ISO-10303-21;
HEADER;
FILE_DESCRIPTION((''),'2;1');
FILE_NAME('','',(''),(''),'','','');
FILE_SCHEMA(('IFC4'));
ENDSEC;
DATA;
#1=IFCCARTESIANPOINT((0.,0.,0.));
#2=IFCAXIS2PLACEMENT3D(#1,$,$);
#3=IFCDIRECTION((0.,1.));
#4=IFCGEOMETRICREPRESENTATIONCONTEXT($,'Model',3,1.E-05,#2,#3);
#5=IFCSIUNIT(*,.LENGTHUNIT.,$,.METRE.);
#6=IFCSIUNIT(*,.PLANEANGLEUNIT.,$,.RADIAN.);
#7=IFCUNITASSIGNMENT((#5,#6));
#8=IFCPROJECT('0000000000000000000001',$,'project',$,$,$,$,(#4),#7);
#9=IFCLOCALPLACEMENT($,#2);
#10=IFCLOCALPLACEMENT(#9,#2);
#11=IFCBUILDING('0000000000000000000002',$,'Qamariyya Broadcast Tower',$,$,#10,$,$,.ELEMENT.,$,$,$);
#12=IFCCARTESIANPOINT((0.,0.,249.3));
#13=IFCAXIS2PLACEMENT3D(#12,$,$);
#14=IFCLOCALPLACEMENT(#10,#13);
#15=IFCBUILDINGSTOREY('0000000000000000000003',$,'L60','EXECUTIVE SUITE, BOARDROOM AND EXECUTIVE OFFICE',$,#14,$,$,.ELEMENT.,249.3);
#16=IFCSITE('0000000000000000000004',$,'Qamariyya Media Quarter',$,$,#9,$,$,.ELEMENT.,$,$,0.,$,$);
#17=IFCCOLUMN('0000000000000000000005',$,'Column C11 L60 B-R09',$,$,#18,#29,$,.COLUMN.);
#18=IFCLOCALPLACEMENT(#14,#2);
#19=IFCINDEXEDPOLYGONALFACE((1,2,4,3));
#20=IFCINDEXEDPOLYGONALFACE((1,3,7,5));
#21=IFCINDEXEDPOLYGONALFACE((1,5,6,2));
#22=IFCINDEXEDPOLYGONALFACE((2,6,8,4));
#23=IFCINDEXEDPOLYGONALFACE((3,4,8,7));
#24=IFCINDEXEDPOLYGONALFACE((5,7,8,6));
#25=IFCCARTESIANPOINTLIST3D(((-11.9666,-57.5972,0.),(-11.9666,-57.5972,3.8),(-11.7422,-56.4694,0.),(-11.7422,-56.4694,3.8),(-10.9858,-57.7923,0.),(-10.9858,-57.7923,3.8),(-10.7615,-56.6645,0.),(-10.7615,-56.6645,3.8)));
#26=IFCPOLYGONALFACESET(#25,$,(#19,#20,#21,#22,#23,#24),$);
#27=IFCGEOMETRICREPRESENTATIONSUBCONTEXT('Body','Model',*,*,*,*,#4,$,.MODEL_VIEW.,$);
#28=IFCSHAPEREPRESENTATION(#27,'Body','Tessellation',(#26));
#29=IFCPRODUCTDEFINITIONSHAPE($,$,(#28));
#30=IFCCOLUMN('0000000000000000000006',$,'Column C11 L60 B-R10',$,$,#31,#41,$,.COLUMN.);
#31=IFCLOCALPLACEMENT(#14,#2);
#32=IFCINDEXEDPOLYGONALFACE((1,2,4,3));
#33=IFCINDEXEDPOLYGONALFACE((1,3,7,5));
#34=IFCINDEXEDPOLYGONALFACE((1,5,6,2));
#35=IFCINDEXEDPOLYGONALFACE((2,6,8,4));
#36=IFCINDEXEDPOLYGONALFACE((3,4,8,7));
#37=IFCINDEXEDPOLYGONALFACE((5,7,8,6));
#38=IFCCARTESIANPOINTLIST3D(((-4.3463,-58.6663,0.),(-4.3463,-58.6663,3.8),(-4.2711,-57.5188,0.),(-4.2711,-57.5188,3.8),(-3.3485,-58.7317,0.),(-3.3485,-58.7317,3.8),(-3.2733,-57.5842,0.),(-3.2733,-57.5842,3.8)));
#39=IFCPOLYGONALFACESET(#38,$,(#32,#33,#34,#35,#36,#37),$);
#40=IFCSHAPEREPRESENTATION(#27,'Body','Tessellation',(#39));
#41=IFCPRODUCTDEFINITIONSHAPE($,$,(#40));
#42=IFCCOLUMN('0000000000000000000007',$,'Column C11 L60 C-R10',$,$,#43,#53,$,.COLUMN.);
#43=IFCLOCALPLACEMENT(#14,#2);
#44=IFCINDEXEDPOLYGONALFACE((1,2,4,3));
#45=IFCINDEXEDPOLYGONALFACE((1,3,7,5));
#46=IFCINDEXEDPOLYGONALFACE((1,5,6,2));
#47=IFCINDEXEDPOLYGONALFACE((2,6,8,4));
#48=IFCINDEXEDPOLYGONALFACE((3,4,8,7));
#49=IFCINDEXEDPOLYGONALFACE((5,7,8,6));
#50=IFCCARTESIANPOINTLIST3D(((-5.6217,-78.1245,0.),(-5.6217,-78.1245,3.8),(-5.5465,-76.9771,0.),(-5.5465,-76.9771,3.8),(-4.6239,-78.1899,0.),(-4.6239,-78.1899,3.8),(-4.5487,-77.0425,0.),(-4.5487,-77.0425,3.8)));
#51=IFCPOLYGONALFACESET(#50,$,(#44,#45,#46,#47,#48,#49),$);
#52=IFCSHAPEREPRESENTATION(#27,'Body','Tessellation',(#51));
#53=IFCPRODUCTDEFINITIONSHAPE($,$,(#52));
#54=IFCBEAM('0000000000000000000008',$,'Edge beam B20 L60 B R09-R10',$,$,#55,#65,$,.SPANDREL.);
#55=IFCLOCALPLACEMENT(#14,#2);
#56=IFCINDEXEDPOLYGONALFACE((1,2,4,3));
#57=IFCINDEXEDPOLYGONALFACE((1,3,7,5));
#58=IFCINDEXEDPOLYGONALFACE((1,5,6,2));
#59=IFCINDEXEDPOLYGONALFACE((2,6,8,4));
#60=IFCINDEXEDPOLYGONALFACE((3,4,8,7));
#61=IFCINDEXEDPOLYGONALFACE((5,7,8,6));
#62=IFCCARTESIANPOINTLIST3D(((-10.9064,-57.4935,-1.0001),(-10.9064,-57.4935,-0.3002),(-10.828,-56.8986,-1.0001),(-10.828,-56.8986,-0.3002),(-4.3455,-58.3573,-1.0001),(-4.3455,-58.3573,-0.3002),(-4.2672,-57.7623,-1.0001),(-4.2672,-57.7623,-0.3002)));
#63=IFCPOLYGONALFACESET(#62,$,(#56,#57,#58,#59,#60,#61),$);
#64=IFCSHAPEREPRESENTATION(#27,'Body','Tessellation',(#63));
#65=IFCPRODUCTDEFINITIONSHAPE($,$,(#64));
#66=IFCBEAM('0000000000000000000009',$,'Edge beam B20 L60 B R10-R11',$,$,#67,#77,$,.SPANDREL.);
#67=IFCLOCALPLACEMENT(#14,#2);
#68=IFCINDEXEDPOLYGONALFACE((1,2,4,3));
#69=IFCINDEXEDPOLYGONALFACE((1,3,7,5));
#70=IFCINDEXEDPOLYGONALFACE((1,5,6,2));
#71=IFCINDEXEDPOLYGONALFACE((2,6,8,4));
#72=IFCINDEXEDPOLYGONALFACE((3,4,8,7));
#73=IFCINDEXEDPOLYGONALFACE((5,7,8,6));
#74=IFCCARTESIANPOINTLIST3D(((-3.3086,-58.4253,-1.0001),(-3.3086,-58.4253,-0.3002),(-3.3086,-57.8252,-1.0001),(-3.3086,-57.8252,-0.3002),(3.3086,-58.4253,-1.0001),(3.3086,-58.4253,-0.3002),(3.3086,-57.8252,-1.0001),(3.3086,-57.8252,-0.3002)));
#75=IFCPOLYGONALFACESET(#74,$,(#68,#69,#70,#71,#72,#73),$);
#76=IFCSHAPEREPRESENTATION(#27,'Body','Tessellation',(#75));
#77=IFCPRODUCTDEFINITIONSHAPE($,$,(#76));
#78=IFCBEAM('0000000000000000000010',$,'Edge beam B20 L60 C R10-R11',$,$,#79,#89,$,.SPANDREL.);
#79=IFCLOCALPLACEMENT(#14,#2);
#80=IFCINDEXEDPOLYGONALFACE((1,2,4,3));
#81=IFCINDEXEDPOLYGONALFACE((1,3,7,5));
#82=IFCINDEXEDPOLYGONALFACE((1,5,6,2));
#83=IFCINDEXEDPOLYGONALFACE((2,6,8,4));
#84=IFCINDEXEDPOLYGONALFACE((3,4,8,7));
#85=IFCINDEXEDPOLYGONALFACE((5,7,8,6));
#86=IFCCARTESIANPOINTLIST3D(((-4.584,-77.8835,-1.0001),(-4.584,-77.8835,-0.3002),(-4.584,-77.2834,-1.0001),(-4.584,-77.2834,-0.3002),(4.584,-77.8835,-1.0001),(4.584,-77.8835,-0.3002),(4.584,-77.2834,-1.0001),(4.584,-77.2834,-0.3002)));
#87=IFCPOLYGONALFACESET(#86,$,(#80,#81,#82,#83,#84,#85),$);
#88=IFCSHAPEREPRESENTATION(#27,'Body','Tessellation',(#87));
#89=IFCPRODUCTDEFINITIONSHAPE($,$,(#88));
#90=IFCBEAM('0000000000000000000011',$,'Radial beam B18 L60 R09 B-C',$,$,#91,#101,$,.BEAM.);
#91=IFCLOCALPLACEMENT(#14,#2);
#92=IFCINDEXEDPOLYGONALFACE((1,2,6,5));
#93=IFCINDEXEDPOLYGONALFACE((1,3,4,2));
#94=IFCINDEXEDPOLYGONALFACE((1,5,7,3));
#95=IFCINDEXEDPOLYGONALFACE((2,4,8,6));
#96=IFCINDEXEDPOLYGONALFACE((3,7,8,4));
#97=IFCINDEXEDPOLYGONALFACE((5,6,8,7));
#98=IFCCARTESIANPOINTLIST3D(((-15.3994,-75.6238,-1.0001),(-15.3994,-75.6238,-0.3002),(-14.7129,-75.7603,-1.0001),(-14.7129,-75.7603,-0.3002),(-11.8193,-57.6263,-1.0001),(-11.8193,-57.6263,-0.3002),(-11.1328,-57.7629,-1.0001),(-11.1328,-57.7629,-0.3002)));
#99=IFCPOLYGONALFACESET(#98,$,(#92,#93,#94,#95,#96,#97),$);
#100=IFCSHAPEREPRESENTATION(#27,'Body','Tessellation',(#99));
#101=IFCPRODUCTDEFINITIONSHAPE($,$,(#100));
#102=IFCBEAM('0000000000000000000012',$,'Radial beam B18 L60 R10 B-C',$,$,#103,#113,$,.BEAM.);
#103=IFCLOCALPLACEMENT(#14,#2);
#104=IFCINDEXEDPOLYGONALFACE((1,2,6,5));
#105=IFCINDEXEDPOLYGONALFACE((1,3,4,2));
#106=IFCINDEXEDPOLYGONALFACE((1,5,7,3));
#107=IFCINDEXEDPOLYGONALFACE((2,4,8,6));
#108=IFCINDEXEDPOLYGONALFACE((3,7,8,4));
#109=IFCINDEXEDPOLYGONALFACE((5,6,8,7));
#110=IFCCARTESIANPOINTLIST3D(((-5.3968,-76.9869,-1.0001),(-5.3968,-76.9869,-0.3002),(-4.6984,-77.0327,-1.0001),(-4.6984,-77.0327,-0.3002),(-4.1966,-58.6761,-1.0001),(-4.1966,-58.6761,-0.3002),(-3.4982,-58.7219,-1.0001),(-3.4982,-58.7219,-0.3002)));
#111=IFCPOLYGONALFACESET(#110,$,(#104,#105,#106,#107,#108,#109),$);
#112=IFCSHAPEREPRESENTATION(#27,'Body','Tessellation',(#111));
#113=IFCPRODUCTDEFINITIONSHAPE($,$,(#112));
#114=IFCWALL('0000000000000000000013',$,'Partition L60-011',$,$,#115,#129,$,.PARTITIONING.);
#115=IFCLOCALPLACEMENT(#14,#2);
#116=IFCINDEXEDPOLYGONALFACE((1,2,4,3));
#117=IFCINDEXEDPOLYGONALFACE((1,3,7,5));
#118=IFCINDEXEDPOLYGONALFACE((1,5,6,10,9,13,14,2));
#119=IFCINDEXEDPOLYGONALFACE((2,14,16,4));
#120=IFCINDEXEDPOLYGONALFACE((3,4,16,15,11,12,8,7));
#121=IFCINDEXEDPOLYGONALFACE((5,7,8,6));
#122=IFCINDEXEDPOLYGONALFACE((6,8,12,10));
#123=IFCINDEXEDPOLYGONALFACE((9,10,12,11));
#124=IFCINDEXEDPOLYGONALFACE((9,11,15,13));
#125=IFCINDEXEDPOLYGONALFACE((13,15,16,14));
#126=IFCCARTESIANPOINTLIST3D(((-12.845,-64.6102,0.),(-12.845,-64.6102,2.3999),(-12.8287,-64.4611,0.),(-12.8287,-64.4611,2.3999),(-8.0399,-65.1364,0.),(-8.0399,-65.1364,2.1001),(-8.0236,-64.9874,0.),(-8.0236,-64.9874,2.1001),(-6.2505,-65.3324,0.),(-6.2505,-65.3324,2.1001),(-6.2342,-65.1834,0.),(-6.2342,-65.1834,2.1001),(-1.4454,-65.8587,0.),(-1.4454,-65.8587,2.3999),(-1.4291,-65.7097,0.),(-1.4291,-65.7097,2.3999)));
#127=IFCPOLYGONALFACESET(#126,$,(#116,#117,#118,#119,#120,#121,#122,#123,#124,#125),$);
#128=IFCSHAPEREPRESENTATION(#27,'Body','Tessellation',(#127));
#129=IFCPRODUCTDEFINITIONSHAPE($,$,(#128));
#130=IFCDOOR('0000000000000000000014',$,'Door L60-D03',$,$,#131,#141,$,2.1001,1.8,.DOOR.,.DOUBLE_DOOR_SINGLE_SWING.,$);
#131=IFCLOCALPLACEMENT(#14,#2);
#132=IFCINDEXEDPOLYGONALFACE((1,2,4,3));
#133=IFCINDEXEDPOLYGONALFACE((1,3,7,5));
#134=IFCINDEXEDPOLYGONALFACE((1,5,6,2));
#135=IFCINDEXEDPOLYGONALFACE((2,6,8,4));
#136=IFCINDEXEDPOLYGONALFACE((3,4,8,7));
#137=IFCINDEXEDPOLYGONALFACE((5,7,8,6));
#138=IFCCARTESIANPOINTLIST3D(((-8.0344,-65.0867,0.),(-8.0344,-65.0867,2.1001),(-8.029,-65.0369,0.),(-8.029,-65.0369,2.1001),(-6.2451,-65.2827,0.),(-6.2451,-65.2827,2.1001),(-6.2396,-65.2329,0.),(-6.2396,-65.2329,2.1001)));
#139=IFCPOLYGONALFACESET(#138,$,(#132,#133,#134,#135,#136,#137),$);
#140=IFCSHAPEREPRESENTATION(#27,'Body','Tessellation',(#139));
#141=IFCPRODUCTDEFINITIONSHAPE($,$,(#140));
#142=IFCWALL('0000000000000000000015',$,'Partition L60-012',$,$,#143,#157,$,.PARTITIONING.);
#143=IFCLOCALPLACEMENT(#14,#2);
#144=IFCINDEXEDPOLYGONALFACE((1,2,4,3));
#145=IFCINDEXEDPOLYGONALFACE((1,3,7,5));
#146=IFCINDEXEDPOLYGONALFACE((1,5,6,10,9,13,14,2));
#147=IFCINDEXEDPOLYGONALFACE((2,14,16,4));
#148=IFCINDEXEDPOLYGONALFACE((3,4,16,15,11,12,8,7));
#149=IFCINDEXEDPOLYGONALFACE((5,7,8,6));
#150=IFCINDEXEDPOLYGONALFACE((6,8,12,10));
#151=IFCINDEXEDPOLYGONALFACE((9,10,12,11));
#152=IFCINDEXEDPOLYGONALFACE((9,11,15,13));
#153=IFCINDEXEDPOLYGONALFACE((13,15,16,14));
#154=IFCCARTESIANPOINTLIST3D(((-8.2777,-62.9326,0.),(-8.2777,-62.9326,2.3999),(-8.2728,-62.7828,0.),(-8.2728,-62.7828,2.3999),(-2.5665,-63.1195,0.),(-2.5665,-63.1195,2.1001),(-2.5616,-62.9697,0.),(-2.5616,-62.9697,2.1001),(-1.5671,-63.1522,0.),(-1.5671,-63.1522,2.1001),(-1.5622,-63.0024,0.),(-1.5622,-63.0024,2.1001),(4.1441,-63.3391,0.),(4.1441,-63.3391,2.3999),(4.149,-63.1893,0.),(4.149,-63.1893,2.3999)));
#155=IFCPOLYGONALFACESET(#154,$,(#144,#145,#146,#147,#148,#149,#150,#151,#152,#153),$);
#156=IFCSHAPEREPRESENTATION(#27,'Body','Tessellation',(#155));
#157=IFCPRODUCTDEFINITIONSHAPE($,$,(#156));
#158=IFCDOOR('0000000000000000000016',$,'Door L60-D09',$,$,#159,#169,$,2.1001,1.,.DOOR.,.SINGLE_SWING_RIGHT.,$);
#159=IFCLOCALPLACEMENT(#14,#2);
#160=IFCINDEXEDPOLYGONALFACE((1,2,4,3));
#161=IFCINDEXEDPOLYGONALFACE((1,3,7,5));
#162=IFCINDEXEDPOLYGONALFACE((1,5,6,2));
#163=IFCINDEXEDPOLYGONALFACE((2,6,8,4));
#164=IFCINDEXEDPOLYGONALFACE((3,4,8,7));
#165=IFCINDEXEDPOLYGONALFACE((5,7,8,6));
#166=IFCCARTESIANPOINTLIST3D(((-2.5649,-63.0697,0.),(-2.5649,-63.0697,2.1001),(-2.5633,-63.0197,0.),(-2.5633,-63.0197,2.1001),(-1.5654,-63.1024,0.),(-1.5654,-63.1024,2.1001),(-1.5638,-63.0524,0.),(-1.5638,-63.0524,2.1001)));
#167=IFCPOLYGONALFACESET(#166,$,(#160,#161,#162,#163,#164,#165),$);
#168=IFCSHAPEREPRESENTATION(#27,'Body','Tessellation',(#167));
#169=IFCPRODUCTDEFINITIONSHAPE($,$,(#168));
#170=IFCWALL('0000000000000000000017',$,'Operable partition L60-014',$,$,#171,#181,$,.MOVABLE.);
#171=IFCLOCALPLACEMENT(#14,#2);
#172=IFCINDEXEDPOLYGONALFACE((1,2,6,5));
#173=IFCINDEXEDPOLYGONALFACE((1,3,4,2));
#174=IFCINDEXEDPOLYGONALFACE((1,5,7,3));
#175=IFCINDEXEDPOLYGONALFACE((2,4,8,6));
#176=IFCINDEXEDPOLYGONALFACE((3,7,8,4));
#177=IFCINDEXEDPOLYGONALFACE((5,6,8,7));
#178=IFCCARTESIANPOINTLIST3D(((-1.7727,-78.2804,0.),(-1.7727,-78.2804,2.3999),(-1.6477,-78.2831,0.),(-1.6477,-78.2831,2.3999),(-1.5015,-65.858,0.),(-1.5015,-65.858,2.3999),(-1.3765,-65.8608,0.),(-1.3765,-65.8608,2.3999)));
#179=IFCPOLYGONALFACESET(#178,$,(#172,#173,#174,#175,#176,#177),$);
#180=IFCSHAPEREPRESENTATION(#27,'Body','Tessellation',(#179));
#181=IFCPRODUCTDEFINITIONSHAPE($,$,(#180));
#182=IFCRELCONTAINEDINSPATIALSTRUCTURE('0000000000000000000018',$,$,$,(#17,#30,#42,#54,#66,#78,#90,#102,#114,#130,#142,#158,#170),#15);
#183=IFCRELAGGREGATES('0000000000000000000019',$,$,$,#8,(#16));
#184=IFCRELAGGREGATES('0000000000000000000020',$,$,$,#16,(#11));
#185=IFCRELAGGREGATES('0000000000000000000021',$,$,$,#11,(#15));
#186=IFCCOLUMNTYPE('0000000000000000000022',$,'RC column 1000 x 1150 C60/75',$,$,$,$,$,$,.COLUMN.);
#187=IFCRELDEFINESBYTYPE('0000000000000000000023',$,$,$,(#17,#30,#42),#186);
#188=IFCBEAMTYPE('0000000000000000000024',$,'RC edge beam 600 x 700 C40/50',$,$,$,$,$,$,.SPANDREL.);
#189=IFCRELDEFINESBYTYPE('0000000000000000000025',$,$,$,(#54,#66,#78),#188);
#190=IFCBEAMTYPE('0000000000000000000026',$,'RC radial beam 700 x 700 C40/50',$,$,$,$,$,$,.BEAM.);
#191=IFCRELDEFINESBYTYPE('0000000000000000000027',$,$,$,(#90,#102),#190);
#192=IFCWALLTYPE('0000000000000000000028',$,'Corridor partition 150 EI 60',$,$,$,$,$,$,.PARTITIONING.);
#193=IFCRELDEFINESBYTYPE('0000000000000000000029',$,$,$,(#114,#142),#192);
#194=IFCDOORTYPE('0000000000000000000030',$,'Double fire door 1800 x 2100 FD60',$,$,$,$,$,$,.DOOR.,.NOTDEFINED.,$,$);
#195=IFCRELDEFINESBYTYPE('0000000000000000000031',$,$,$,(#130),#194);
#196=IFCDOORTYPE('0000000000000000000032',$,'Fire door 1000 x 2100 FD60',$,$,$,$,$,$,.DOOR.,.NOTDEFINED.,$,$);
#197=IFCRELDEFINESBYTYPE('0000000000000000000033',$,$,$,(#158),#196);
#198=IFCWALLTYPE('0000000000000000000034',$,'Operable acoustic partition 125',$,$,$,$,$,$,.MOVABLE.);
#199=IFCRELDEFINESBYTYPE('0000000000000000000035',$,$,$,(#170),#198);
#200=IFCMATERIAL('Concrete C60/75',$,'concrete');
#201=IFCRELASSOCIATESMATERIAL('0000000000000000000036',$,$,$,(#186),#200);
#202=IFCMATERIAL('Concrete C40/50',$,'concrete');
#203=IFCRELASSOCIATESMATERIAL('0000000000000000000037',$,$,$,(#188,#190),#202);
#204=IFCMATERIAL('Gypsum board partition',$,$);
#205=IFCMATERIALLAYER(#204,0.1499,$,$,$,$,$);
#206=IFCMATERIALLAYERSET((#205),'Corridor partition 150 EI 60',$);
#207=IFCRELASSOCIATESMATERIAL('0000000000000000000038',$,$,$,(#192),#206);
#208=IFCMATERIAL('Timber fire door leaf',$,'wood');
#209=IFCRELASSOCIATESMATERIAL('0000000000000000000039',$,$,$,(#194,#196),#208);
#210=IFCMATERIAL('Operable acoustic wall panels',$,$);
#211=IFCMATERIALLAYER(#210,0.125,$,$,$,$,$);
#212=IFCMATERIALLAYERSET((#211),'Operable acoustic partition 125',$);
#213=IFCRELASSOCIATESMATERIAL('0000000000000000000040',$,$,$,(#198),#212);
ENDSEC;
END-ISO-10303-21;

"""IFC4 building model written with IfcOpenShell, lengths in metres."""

from ifc_helpers import new_model, si_unit, direction, frame, frame_2d, origin, origin_2d, place, context, subcontext, project, spatial, rectangle, extrude, material, layer, layer_set, material_profile, profile_set, type_object, element, fill, save


model = new_model("IFC4")

# Units and contexts
model_context = context("Model", 3, precision=1e-05, world=origin(), true_north=direction((0.0, 1.0)))
body_context = subcontext(model_context, "Body", "Model", "MODEL_VIEW")
ifc_project = project(units=[si_unit("LENGTHUNIT", "METRE"), si_unit("PLANEANGLEUNIT", "RADIAN")], contexts=[model_context])

# Site, building, storey
site_placement = place(None, origin())
site = spatial("IfcSite", under=ifc_project, at=site_placement, Name="Qamariyya Media Quarter", CompositionType="ELEMENT", RefElevation=0.0)
building_placement = place(site_placement, origin())
building = spatial("IfcBuilding", under=site, at=building_placement, Name="Qamariyya Broadcast Tower", CompositionType="ELEMENT")
storey_placement = place(building_placement, frame((0.0, 0.0, 249.3)))
storey = spatial("IfcBuildingStorey", under=building, at=storey_placement, Name="L60", Description="EXECUTIVE SUITE, BOARDROOM AND EXECUTIVE OFFICE", CompositionType="ELEMENT", Elevation=249.3)

# Columns
ifc_material_1 = material(Name="Concrete C60/75", Category="concrete")
ifc_material_profile_1 = material_profile(ifc_material_1, rectangle(XDim=1.0, YDim=1.1499, at=origin_2d()))
ifc_profile_set_1 = profile_set([ifc_material_profile_1], Name="Concrete C60/75")
column_type = type_object("IfcColumnType", Name="RC column 1000 x 1150 C60/75", PredefinedType="COLUMN", material=ifc_profile_set_1)
for number, where, z_axis, x_axis, name in (
    (1, (-11.364, -57.1309, 0.0), (0.0, 0.0, 1.0), (0.980785, -0.19509, 0.0), "Column C11 L60 B-R09"),
    (2, (-3.8098, -58.1252, 0.0), (0.0, 0.0, 1.0), (0.997859, -0.065403, 0.0), "Column C11 L60 B-R10"),
    (3, (-5.0852, -77.5835, 0.0), (0.0, 0.0, 1.0), (0.997859, -0.065403, 0.0), "Column C11 L60 C-R10"),
):
    element("IfcColumn", number, at=place(storey_placement, frame(where, z_axis=z_axis, x_axis=x_axis)), inside=storey, type_object=column_type, Name=name, PredefinedType="COLUMN", context=body_context, shape_type="SweptSolid", body=[
        extrude(rectangle(XDim=1.0, YDim=1.1499, at=origin_2d()), origin(), (0.0, 0.0, 1.0), 3.8),
    ])

# Beams
ifc_material_2 = material(Name="Concrete C40/50", Category="concrete")
ifc_material_profile_2 = material_profile(ifc_material_2, rectangle(XDim=0.6001, YDim=0.7, at=origin_2d()))
ifc_profile_set_2 = profile_set([ifc_material_profile_2], Name="Concrete C40/50")
beam_type_1 = type_object("IfcBeamType", Name="RC edge beam 600 x 700 C40/50", PredefinedType="SPANDREL", material=ifc_profile_set_2)
beam_1_placement = place(storey_placement, frame((-10.8672, -57.196, -0.6501), z_axis=(0.991444, -0.13053, 0.0), x_axis=(0.13053, 0.991444, 0.0)))
element("IfcBeam", 4, at=beam_1_placement, inside=storey, type_object=beam_type_1, Name="Edge beam B20 L60 B R09-R10", PredefinedType="SPANDREL", context=body_context, shape_type="SweptSolid", body=[
    extrude(rectangle(XDim=0.6001, YDim=0.7, at=origin_2d()), origin(), (0.0, 0.0, 1.0), 6.6174),
])
beam_2_placement = place(storey_placement, frame((-3.3086, -58.1252, -0.6501), z_axis=(1.0, 0.0, 0.0), x_axis=(0.0, 1.0, 0.0)))
element("IfcBeam", 5, at=beam_2_placement, inside=storey, type_object=beam_type_1, Name="Edge beam B20 L60 B R10-R11", PredefinedType="SPANDREL", context=body_context, shape_type="SweptSolid", body=[
    extrude(rectangle(XDim=0.6001, YDim=0.7, at=origin_2d()), origin(), (0.0, 0.0, 1.0), 6.6172),
])
beam_3_placement = place(storey_placement, frame((-4.584, -77.5835, -0.6501), z_axis=(1.0, 0.0, 0.0), x_axis=(0.0, 1.0, 0.0)))
element("IfcBeam", 6, at=beam_3_placement, inside=storey, type_object=beam_type_1, Name="Edge beam B20 L60 C R10-R11", PredefinedType="SPANDREL", context=body_context, shape_type="SweptSolid", body=[
    extrude(rectangle(XDim=0.6001, YDim=0.7, at=origin_2d()), origin(), (0.0, 0.0, 1.0), 9.168),
])
ifc_material_profile_3 = material_profile(ifc_material_2, rectangle(XDim=0.7, YDim=0.7, at=origin_2d()))
ifc_profile_set_3 = profile_set([ifc_material_profile_3], Name="Concrete C40/50")
beam_type_2 = type_object("IfcBeamType", Name="RC radial beam 700 x 700 C40/50", PredefinedType="BEAM", material=ifc_profile_set_3)
for number, where, z_axis, x_axis, name in (
    (7, (-11.4761, -57.6946, -0.6501), (-0.195098, -0.980784, 0.0), (0.980784, -0.195098, 0.0), "Radial beam B18 L60 R09 B-C"),
    (8, (-3.8474, -58.699, -0.6501), (-0.065405, -0.997859, 0.0), (0.997859, -0.065405, 0.0), "Radial beam B18 L60 R10 B-C"),
):
    element("IfcBeam", number, at=place(storey_placement, frame(where, z_axis=z_axis, x_axis=x_axis)), inside=storey, type_object=beam_type_2, Name=name, PredefinedType="BEAM", context=body_context, shape_type="SweptSolid", body=[
        extrude(rectangle(XDim=0.7, YDim=0.7, at=origin_2d()), origin(), (0.0, 0.0, 1.0), 18.3501),
    ])

# Walls, openings, doors
ifc_material_3 = material(Name="Gypsum board partition")
ifc_layer_1 = layer(ifc_material_3, 0.1499)
ifc_layer_set_1 = layer_set([ifc_layer_1], Name="Corridor partition 150 EI 60")
wall_type_1 = type_object("IfcWallType", Name="Corridor partition 150 EI 60", PredefinedType="PARTITIONING", material=ifc_layer_set_1)
wall_1_placement = place(storey_placement, frame((-1.4373, -65.7842, 0.0), z_axis=(0.0, 0.0, 1.0), x_axis=(-0.994056, 0.108873, 0.0)))
wall_1 = element("IfcWall", 9, at=wall_1_placement, inside=storey, type_object=wall_type_1, Name="Partition L60-011", PredefinedType="PARTITIONING", context=body_context, shape_type="SweptSolid", body=[
    extrude(rectangle(XDim=11.4678, YDim=0.1499, at=frame_2d((5.7339, 0.0))), origin(), (0.0, 0.0, 1.0), 2.3999),
])
opening_1_placement = place(wall_1_placement, frame((4.834, 0.0, 0.0)))
opening_1 = element("IfcOpeningElement", 10, at=opening_1_placement, cuts=wall_1, PredefinedType="OPENING", context=body_context, shape_type="SweptSolid", body=[
    extrude(rectangle(XDim=1.8, YDim=2.1001, at=frame_2d((0.8999, 1.05))), frame((0.0, 0.085, 0.0), z_axis=(0.0, -1.0, 0.0), x_axis=(1.0, 0.0, 0.0)), (0.0, 0.0, 1.0), 0.1699),
])
ifc_material_4 = material(Name="Timber fire door leaf", Category="wood")
door_type_1 = type_object("IfcDoorType", Name="Double fire door 1800 x 2100 FD60", OperationType="NOTDEFINED", PredefinedType="DOOR", material=ifc_material_4)
door_1_placement = place(opening_1_placement, origin())
door_1 = element("IfcDoor", 11, at=door_1_placement, inside=storey, type_object=door_type_1, Name="Door L60-D03", OperationType="DOUBLE_DOOR_SINGLE_SWING", OverallHeight=2.1001, OverallWidth=1.8, PredefinedType="DOOR", context=body_context, shape_type="SweptSolid", body=[
    extrude(rectangle(XDim=1.8, YDim=2.1001, at=frame_2d((0.8999, 1.05))), frame((0.0, 0.0249, 0.0), z_axis=(0.0, -1.0, 0.0), x_axis=(1.0, 0.0, 0.0)), (0.0, 0.0, 1.0), 0.05),
])
fill(opening_1, door_1)
wall_2_placement = place(storey_placement, frame((-8.2754, -62.8577, 0.0), z_axis=(0.0, 0.0, 1.0), x_axis=(0.999465, -0.032707, 0.0)))
wall_2 = element("IfcWall", 12, at=wall_2_placement, inside=storey, type_object=wall_type_1, Name="Partition L60-012", PredefinedType="PARTITIONING", context=body_context, shape_type="SweptSolid", body=[
    extrude(rectangle(XDim=12.4285, YDim=0.1499, at=frame_2d((6.2144, 0.0))), origin(), (0.0, 0.0, 1.0), 2.3999),
])
opening_2_placement = place(wall_2_placement, frame((5.7144, 0.0, 0.0)))
opening_2 = element("IfcOpeningElement", 13, at=opening_2_placement, cuts=wall_2, PredefinedType="OPENING", context=body_context, shape_type="SweptSolid", body=[
    extrude(rectangle(XDim=1.0, YDim=2.1001, at=frame_2d((0.5, 1.05))), frame((0.0, 0.085, 0.0), z_axis=(0.0, -1.0, 0.0), x_axis=(1.0, 0.0, 0.0)), (0.0, 0.0, 1.0), 0.1699),
])
door_type_2 = type_object("IfcDoorType", Name="Fire door 1000 x 2100 FD60", OperationType="NOTDEFINED", PredefinedType="DOOR", material=ifc_material_4)
door_2_placement = place(opening_2_placement, origin())
door_2 = element("IfcDoor", 14, at=door_2_placement, inside=storey, type_object=door_type_2, Name="Door L60-D09", OperationType="SINGLE_SWING_RIGHT", OverallHeight=2.1001, OverallWidth=1.0, PredefinedType="DOOR", context=body_context, shape_type="SweptSolid", body=[
    extrude(rectangle(XDim=1.0, YDim=2.1001, at=frame_2d((0.5, 1.05))), frame((0.0, 0.0249, 0.0), z_axis=(0.0, -1.0, 0.0), x_axis=(1.0, 0.0, 0.0)), (0.0, 0.0, 1.0), 0.05),
])
fill(opening_2, door_2)

# Wall
ifc_material_5 = material(Name="Operable acoustic wall panels")
ifc_layer_2 = layer(ifc_material_5, 0.125)
ifc_layer_set_2 = layer_set([ifc_layer_2], Name="Operable acoustic partition 125")
wall_type_2 = type_object("IfcWallType", Name="Operable acoustic partition 125", PredefinedType="MOVABLE", material=ifc_layer_set_2)
wall_3_placement = place(storey_placement, frame((-1.7102, -78.2817, 0.0), z_axis=(0.0, 0.0, 1.0), x_axis=(0.02183, 0.999762, 0.0)))
element("IfcWall", 15, at=wall_3_placement, inside=storey, type_object=wall_type_2, Name="Operable partition L60-014", PredefinedType="MOVABLE", context=body_context, shape_type="SweptSolid", body=[
    extrude(rectangle(XDim=12.4253, YDim=0.125, at=frame_2d((6.2126, 0.0))), origin(), (0.0, 0.0, 1.0), 2.3999),
])

save(model, "model.ifc")
